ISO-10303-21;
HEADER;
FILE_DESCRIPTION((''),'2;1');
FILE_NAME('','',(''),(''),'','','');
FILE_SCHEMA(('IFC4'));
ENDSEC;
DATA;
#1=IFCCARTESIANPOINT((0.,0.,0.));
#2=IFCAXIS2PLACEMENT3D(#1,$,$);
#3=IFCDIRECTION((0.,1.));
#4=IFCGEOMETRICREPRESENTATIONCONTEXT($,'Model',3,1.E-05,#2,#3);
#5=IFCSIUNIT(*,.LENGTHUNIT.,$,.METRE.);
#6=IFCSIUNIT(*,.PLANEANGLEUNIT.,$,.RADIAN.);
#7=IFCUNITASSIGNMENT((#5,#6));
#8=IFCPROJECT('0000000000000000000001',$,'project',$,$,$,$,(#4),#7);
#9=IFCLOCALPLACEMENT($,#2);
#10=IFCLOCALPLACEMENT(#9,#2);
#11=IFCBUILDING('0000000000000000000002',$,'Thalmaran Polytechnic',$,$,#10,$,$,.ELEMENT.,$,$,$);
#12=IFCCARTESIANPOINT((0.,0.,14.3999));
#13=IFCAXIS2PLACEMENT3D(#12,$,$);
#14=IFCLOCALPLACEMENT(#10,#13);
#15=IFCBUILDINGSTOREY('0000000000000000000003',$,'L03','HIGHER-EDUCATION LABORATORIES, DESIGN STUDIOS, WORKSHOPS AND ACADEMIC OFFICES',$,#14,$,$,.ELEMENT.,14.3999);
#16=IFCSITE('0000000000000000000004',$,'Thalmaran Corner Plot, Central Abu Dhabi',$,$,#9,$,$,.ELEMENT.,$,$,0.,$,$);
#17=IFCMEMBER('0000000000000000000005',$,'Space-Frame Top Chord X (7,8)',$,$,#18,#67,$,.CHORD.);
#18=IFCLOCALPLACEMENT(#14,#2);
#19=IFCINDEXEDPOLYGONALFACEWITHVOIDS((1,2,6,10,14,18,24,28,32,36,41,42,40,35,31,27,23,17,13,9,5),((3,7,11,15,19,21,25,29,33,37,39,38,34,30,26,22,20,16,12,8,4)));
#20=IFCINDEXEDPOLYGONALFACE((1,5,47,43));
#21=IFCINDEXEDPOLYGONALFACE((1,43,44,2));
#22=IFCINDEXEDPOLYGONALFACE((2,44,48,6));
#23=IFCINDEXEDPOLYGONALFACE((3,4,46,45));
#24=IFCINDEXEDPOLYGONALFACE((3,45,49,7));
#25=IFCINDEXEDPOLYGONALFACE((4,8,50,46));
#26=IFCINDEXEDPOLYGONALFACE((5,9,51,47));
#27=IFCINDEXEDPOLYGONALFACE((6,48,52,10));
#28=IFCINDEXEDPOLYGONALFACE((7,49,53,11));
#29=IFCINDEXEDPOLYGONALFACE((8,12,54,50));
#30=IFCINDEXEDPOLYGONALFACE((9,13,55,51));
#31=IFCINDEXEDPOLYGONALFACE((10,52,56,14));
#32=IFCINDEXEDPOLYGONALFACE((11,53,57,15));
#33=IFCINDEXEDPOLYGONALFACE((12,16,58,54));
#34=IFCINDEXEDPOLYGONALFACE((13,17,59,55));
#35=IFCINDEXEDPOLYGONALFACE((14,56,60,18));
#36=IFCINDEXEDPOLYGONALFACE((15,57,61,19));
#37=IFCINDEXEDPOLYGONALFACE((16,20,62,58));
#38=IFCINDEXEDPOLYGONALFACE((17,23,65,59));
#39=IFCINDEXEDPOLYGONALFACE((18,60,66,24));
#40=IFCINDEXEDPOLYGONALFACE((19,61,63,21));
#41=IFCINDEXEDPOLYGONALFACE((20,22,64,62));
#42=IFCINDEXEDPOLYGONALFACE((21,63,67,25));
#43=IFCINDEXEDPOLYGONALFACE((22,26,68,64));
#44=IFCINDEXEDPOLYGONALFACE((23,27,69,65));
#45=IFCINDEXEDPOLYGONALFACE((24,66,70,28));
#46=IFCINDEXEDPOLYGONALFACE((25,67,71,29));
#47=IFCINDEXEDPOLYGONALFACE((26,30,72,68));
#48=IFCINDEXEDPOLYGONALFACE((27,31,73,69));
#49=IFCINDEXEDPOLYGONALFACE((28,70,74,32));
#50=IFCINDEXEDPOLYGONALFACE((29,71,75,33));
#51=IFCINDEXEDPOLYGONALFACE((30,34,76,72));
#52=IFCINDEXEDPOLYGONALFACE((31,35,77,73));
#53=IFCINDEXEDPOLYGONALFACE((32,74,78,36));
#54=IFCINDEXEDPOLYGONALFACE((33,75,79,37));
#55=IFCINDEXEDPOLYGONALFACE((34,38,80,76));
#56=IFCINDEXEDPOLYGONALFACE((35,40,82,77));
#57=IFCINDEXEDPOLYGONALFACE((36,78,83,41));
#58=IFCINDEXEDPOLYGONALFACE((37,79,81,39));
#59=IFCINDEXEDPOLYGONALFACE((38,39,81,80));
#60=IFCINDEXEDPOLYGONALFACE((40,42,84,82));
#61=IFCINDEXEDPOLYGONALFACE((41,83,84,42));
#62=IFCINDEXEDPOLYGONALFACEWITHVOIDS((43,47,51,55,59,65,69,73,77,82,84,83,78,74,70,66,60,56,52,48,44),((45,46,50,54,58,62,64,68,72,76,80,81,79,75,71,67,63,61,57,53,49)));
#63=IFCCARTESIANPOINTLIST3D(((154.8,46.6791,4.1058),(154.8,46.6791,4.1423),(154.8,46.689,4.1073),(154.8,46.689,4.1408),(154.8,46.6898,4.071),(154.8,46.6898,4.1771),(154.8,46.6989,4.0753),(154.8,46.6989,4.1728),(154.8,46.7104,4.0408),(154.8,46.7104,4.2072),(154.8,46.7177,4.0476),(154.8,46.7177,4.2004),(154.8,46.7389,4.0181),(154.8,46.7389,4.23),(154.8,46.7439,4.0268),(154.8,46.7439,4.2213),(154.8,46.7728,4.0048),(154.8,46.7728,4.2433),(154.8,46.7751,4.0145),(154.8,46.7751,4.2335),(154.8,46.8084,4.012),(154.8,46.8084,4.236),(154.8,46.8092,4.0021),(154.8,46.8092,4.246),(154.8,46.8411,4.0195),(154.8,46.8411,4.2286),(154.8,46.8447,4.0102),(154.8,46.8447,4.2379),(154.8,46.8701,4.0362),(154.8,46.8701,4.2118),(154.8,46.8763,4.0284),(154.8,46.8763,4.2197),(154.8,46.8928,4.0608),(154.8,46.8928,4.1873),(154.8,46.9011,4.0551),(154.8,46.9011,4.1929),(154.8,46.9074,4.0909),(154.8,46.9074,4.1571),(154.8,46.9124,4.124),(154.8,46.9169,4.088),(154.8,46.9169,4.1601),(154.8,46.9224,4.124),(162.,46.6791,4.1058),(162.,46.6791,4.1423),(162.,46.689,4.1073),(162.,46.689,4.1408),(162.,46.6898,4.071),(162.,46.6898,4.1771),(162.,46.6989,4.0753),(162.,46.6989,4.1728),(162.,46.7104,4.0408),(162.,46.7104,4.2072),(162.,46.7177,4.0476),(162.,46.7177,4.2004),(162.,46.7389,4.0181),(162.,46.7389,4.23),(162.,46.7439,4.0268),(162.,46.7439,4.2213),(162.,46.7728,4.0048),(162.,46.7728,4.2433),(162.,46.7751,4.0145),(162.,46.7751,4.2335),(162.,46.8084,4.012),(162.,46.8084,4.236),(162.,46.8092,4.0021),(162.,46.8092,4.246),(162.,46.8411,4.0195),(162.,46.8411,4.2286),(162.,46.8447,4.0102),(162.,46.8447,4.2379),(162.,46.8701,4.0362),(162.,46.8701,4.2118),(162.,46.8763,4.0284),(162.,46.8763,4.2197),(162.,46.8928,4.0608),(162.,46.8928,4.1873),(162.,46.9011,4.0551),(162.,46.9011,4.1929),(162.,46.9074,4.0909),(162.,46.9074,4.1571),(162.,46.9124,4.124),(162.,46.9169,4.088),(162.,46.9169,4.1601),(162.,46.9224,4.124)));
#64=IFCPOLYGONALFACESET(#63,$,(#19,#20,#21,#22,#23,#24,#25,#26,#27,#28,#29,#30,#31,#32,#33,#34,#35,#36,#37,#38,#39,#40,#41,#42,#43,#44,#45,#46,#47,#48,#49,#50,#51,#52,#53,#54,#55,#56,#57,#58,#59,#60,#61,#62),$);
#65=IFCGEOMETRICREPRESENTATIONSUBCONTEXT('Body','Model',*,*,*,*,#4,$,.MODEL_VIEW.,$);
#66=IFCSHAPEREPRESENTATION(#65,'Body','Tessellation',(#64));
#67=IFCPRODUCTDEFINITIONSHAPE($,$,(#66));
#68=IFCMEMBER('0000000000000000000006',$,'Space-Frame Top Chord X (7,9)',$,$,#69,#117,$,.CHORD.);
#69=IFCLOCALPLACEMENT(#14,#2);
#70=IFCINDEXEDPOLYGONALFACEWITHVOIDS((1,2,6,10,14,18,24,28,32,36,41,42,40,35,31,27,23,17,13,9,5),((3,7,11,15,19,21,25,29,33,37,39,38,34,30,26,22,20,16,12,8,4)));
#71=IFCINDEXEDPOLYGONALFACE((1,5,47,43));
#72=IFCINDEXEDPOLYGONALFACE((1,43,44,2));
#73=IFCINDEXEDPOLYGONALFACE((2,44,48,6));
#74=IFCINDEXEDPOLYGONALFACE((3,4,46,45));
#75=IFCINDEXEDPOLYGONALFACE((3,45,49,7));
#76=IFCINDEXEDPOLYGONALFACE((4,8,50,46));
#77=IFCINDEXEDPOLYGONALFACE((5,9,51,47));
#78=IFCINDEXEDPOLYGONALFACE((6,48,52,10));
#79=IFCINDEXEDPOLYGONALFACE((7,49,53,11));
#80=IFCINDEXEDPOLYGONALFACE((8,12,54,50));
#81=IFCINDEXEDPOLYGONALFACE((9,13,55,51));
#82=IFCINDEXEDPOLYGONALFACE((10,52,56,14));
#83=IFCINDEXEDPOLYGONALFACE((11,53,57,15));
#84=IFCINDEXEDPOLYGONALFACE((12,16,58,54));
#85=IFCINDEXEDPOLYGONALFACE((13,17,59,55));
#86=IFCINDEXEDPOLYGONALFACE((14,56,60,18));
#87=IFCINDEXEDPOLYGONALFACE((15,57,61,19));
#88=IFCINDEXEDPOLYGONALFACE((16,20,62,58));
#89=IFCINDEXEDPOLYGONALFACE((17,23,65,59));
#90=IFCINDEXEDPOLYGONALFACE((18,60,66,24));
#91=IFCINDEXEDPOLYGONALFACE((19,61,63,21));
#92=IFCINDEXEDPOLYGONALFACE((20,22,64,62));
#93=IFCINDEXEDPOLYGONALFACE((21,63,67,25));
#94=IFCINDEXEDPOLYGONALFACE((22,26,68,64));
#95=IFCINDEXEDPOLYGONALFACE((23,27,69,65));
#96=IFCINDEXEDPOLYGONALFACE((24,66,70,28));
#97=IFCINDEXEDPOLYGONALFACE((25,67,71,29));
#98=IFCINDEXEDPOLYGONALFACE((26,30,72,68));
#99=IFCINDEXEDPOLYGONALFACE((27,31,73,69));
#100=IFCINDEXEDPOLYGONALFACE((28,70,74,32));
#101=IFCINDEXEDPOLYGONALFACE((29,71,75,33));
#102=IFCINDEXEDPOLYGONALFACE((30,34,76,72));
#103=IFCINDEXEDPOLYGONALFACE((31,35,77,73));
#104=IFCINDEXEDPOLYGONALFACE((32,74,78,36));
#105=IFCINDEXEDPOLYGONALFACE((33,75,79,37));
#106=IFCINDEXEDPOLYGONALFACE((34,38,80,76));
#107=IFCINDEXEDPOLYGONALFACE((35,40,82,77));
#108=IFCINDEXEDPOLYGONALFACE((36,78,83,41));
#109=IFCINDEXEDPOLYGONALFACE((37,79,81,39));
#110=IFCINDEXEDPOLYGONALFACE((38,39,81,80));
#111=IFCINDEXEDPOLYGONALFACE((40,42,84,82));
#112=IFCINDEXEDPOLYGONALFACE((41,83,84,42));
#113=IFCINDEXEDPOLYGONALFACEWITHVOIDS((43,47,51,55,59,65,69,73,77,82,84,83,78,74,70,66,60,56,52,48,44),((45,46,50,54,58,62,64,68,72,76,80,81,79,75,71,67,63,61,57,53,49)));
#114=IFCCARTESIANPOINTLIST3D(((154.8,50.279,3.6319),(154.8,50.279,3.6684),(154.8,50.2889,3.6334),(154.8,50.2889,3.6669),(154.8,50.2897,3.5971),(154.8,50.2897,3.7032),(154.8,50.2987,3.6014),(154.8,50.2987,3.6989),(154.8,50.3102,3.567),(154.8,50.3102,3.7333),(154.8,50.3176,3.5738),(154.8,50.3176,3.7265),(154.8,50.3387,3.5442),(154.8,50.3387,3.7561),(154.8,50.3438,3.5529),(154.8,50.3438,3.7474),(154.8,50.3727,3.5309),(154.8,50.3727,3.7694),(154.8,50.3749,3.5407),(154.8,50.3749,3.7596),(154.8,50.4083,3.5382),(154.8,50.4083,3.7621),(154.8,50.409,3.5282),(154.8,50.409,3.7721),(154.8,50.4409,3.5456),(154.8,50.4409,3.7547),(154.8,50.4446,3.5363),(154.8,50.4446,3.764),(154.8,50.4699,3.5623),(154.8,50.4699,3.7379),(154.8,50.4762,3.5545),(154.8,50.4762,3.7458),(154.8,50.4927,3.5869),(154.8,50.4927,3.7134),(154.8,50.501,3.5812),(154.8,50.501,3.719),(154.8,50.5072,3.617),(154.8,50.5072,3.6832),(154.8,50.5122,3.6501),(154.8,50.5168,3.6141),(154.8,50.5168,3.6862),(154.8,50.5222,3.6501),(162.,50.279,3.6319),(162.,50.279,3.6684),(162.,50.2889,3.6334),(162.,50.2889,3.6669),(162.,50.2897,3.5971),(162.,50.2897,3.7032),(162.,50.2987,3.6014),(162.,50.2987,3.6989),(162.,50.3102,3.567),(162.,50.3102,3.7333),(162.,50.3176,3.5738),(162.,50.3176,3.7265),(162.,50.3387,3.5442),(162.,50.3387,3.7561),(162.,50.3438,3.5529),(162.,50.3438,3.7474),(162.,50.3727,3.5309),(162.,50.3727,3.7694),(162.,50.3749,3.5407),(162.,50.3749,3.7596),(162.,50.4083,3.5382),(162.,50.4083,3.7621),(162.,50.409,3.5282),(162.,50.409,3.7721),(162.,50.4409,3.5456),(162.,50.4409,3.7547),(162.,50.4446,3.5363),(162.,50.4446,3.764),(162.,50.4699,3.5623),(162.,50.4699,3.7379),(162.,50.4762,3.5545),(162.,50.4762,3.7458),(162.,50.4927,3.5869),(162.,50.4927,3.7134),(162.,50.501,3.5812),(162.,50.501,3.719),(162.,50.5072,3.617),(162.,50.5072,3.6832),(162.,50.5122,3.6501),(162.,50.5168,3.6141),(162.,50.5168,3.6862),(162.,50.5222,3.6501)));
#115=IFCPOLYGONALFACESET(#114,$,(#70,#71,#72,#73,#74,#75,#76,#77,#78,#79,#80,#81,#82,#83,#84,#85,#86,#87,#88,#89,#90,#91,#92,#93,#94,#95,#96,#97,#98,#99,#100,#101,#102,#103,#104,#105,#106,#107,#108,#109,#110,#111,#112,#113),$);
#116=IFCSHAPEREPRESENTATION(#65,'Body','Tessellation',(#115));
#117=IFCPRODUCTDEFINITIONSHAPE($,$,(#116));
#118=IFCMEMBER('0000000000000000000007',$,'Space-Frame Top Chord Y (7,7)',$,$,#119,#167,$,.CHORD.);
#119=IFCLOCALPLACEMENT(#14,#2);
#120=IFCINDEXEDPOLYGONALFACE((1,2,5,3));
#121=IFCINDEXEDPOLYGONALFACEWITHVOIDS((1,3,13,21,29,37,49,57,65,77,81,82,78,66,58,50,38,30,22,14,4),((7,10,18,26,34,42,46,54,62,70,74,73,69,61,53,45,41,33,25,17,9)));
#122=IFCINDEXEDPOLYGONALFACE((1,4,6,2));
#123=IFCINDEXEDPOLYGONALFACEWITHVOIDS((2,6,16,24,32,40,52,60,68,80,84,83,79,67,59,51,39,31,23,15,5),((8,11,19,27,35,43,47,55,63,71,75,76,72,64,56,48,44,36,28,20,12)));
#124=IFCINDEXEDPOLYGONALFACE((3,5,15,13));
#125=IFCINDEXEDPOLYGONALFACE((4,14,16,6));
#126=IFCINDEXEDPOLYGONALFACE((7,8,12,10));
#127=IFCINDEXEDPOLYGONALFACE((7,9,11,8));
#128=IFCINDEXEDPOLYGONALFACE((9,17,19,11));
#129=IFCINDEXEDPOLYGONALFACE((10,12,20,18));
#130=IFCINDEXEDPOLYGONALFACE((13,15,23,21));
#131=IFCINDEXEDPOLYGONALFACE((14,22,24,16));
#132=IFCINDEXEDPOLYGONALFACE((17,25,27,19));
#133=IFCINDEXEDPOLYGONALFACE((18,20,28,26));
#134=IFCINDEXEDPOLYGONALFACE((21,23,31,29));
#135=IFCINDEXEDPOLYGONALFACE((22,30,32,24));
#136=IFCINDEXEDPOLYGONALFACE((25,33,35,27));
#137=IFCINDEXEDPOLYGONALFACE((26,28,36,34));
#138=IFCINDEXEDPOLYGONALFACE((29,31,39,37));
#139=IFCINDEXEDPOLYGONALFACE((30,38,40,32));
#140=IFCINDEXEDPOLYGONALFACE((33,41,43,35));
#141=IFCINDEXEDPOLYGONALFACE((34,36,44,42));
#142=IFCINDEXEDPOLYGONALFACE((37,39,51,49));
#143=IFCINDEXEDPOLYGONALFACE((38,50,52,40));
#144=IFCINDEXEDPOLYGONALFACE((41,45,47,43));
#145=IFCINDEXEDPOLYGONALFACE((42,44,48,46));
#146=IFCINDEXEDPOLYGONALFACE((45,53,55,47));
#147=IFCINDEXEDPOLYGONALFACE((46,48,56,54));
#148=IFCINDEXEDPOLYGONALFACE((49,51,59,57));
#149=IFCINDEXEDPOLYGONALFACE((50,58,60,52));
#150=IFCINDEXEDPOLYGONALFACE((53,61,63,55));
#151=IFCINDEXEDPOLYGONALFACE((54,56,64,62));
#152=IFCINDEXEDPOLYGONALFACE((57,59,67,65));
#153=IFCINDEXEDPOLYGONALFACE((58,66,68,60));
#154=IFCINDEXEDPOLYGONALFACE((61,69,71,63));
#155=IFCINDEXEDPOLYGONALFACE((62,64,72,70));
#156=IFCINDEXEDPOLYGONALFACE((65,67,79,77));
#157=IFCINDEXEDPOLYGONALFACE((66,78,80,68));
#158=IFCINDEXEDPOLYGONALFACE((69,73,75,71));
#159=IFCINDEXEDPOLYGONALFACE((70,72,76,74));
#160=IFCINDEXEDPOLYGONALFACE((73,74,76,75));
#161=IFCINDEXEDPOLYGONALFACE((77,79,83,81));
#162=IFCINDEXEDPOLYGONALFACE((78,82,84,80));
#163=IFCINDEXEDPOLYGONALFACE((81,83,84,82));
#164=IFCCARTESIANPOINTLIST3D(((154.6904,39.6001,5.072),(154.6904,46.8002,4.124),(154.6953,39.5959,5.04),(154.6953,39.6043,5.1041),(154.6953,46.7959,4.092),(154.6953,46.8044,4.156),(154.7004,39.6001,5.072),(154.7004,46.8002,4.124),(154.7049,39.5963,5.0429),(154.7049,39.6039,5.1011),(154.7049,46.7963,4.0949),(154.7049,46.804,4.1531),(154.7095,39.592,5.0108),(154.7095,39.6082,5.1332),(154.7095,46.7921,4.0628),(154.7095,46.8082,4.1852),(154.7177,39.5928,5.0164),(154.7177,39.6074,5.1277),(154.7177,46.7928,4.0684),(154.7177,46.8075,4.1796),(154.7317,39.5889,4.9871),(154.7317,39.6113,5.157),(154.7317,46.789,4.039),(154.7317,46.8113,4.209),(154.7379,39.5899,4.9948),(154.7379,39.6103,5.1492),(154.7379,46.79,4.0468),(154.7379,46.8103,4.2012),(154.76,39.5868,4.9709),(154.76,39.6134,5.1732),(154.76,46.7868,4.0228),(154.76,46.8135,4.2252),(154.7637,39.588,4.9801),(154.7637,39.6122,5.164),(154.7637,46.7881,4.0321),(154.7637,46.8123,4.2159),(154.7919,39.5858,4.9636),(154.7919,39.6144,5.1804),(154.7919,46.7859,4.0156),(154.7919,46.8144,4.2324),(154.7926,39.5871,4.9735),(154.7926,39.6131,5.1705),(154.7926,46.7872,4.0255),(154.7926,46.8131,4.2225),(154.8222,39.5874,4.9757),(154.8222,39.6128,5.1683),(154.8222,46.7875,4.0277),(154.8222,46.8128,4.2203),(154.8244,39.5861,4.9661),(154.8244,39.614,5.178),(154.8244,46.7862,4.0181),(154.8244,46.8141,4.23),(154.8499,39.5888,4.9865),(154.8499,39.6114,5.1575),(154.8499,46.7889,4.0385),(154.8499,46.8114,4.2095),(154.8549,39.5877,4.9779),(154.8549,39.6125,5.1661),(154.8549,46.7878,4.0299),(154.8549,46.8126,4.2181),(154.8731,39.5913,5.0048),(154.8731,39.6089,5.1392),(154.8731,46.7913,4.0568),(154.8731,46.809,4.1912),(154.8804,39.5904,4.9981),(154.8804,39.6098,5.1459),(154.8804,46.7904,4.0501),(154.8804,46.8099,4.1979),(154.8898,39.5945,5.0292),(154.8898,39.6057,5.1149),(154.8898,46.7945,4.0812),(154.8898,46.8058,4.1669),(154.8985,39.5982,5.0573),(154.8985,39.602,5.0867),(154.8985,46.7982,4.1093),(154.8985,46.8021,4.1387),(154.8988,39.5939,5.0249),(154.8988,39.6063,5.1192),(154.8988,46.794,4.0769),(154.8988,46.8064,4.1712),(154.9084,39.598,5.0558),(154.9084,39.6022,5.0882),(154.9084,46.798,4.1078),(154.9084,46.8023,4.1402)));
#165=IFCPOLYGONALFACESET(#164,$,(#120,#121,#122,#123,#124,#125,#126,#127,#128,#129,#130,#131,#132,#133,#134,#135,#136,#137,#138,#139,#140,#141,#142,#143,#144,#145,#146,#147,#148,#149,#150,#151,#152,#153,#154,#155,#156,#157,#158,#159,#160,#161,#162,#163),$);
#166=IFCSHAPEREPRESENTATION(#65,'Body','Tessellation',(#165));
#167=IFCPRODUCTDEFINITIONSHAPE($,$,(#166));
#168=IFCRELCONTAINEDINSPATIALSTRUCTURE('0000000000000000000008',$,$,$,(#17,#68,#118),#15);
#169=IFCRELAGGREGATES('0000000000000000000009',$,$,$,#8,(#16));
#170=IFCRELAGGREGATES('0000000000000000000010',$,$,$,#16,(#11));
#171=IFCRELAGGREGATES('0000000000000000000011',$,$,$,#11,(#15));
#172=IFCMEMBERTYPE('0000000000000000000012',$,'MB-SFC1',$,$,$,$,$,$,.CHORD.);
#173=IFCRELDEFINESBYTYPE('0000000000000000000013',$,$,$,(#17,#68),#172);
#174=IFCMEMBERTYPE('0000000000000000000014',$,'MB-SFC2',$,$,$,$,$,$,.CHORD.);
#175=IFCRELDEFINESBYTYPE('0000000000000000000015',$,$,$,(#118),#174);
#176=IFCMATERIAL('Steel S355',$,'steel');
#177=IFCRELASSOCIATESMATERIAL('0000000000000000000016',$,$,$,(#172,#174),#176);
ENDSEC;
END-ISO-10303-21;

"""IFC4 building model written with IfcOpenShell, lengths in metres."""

from ifc_helpers import new_model, si_unit, direction, frame, origin, origin_2d, place, context, subcontext, project, spatial, hollow_circle, extrude, material, material_profile, profile_set, type_object, element, save


model = new_model("IFC4")

# Units and contexts
model_context = context("Model", 3, precision=1e-05, world=origin(), true_north=direction((0.0, 1.0)))
body_context = subcontext(model_context, "Body", "Model", "MODEL_VIEW")
ifc_project = project(units=[si_unit("LENGTHUNIT", "METRE"), si_unit("PLANEANGLEUNIT", "RADIAN")], contexts=[model_context])

# Site, building, storey
site_placement = place(None, origin())
site = spatial("IfcSite", under=ifc_project, at=site_placement, Name="Thalmaran Corner Plot, Central Abu Dhabi", CompositionType="ELEMENT", RefElevation=0.0)
building_placement = place(site_placement, origin())
building = spatial("IfcBuilding", under=site, at=building_placement, Name="Thalmaran Polytechnic", CompositionType="ELEMENT")
storey_placement = place(building_placement, frame((0.0, 0.0, 14.3999)))
storey = spatial("IfcBuildingStorey", under=building, at=storey_placement, Name="L03", Description="HIGHER-EDUCATION LABORATORIES, DESIGN STUDIOS, WORKSHOPS AND ACADEMIC OFFICES", CompositionType="ELEMENT", Elevation=14.3999)

# Shared definitions
ifc_material_1 = material(Name="Steel S355", Category="steel")

# Members
ifc_material_profile_1 = material_profile(ifc_material_1, hollow_circle(Radius=0.1223, WallThickness=0.01, at=origin_2d()), Name="CHS 244.5x10.0")
ifc_profile_set_1 = profile_set([ifc_material_profile_1], Name="Steel S355")
member_type_1 = type_object("IfcMemberType", Name="MB-SFC1", PredefinedType="CHORD", material=ifc_profile_set_1)
for number, where, z_axis, x_axis, name in (
    (1, (154.8, 46.8, 4.124), (1.0, 0.0, 0.0), (0.0, 1.0, 0.0), "Space-Frame Top Chord X (7,8)"),
    (2, (154.8, 50.3999, 3.6501), (1.0, 0.0, 0.0), (0.0, 1.0, 0.0), "Space-Frame Top Chord X (7,9)"),
):
    element("IfcMember", number, at=place(storey_placement, frame(where, z_axis=z_axis, x_axis=x_axis)), inside=storey, type_object=member_type_1, Name=name, PredefinedType="CHORD", context=body_context, shape_type="SweptSolid", body=[
        extrude(hollow_circle(Radius=0.1223, WallThickness=0.01, at=origin_2d()), origin(), (0.0, 0.0, 1.0), 7.2),
    ])
ifc_material_profile_2 = material_profile(ifc_material_1, hollow_circle(Radius=0.1096, WallThickness=0.01, at=origin_2d()), Name="CHS 219.1x10.0")
ifc_profile_set_2 = profile_set([ifc_material_profile_2], Name="Steel S355")
member_type_2 = type_object("IfcMemberType", Name="MB-SFC2", PredefinedType="CHORD", material=ifc_profile_set_2)
member_1_placement = place(storey_placement, frame((154.8, 39.6001, 5.072), z_axis=(0.0, 0.991443, -0.130541), x_axis=(-1.0, 0.0, 0.0)))
element("IfcMember", 3, at=member_1_placement, inside=storey, type_object=member_type_2, Name="Space-Frame Top Chord Y (7,7)", PredefinedType="CHORD", context=body_context, shape_type="SweptSolid", body=[
    extrude(hollow_circle(Radius=0.1096, WallThickness=0.01, at=origin_2d()), origin(), (0.0, 0.0, 1.0), 7.2622),
])

save(model, "model.ifc")
